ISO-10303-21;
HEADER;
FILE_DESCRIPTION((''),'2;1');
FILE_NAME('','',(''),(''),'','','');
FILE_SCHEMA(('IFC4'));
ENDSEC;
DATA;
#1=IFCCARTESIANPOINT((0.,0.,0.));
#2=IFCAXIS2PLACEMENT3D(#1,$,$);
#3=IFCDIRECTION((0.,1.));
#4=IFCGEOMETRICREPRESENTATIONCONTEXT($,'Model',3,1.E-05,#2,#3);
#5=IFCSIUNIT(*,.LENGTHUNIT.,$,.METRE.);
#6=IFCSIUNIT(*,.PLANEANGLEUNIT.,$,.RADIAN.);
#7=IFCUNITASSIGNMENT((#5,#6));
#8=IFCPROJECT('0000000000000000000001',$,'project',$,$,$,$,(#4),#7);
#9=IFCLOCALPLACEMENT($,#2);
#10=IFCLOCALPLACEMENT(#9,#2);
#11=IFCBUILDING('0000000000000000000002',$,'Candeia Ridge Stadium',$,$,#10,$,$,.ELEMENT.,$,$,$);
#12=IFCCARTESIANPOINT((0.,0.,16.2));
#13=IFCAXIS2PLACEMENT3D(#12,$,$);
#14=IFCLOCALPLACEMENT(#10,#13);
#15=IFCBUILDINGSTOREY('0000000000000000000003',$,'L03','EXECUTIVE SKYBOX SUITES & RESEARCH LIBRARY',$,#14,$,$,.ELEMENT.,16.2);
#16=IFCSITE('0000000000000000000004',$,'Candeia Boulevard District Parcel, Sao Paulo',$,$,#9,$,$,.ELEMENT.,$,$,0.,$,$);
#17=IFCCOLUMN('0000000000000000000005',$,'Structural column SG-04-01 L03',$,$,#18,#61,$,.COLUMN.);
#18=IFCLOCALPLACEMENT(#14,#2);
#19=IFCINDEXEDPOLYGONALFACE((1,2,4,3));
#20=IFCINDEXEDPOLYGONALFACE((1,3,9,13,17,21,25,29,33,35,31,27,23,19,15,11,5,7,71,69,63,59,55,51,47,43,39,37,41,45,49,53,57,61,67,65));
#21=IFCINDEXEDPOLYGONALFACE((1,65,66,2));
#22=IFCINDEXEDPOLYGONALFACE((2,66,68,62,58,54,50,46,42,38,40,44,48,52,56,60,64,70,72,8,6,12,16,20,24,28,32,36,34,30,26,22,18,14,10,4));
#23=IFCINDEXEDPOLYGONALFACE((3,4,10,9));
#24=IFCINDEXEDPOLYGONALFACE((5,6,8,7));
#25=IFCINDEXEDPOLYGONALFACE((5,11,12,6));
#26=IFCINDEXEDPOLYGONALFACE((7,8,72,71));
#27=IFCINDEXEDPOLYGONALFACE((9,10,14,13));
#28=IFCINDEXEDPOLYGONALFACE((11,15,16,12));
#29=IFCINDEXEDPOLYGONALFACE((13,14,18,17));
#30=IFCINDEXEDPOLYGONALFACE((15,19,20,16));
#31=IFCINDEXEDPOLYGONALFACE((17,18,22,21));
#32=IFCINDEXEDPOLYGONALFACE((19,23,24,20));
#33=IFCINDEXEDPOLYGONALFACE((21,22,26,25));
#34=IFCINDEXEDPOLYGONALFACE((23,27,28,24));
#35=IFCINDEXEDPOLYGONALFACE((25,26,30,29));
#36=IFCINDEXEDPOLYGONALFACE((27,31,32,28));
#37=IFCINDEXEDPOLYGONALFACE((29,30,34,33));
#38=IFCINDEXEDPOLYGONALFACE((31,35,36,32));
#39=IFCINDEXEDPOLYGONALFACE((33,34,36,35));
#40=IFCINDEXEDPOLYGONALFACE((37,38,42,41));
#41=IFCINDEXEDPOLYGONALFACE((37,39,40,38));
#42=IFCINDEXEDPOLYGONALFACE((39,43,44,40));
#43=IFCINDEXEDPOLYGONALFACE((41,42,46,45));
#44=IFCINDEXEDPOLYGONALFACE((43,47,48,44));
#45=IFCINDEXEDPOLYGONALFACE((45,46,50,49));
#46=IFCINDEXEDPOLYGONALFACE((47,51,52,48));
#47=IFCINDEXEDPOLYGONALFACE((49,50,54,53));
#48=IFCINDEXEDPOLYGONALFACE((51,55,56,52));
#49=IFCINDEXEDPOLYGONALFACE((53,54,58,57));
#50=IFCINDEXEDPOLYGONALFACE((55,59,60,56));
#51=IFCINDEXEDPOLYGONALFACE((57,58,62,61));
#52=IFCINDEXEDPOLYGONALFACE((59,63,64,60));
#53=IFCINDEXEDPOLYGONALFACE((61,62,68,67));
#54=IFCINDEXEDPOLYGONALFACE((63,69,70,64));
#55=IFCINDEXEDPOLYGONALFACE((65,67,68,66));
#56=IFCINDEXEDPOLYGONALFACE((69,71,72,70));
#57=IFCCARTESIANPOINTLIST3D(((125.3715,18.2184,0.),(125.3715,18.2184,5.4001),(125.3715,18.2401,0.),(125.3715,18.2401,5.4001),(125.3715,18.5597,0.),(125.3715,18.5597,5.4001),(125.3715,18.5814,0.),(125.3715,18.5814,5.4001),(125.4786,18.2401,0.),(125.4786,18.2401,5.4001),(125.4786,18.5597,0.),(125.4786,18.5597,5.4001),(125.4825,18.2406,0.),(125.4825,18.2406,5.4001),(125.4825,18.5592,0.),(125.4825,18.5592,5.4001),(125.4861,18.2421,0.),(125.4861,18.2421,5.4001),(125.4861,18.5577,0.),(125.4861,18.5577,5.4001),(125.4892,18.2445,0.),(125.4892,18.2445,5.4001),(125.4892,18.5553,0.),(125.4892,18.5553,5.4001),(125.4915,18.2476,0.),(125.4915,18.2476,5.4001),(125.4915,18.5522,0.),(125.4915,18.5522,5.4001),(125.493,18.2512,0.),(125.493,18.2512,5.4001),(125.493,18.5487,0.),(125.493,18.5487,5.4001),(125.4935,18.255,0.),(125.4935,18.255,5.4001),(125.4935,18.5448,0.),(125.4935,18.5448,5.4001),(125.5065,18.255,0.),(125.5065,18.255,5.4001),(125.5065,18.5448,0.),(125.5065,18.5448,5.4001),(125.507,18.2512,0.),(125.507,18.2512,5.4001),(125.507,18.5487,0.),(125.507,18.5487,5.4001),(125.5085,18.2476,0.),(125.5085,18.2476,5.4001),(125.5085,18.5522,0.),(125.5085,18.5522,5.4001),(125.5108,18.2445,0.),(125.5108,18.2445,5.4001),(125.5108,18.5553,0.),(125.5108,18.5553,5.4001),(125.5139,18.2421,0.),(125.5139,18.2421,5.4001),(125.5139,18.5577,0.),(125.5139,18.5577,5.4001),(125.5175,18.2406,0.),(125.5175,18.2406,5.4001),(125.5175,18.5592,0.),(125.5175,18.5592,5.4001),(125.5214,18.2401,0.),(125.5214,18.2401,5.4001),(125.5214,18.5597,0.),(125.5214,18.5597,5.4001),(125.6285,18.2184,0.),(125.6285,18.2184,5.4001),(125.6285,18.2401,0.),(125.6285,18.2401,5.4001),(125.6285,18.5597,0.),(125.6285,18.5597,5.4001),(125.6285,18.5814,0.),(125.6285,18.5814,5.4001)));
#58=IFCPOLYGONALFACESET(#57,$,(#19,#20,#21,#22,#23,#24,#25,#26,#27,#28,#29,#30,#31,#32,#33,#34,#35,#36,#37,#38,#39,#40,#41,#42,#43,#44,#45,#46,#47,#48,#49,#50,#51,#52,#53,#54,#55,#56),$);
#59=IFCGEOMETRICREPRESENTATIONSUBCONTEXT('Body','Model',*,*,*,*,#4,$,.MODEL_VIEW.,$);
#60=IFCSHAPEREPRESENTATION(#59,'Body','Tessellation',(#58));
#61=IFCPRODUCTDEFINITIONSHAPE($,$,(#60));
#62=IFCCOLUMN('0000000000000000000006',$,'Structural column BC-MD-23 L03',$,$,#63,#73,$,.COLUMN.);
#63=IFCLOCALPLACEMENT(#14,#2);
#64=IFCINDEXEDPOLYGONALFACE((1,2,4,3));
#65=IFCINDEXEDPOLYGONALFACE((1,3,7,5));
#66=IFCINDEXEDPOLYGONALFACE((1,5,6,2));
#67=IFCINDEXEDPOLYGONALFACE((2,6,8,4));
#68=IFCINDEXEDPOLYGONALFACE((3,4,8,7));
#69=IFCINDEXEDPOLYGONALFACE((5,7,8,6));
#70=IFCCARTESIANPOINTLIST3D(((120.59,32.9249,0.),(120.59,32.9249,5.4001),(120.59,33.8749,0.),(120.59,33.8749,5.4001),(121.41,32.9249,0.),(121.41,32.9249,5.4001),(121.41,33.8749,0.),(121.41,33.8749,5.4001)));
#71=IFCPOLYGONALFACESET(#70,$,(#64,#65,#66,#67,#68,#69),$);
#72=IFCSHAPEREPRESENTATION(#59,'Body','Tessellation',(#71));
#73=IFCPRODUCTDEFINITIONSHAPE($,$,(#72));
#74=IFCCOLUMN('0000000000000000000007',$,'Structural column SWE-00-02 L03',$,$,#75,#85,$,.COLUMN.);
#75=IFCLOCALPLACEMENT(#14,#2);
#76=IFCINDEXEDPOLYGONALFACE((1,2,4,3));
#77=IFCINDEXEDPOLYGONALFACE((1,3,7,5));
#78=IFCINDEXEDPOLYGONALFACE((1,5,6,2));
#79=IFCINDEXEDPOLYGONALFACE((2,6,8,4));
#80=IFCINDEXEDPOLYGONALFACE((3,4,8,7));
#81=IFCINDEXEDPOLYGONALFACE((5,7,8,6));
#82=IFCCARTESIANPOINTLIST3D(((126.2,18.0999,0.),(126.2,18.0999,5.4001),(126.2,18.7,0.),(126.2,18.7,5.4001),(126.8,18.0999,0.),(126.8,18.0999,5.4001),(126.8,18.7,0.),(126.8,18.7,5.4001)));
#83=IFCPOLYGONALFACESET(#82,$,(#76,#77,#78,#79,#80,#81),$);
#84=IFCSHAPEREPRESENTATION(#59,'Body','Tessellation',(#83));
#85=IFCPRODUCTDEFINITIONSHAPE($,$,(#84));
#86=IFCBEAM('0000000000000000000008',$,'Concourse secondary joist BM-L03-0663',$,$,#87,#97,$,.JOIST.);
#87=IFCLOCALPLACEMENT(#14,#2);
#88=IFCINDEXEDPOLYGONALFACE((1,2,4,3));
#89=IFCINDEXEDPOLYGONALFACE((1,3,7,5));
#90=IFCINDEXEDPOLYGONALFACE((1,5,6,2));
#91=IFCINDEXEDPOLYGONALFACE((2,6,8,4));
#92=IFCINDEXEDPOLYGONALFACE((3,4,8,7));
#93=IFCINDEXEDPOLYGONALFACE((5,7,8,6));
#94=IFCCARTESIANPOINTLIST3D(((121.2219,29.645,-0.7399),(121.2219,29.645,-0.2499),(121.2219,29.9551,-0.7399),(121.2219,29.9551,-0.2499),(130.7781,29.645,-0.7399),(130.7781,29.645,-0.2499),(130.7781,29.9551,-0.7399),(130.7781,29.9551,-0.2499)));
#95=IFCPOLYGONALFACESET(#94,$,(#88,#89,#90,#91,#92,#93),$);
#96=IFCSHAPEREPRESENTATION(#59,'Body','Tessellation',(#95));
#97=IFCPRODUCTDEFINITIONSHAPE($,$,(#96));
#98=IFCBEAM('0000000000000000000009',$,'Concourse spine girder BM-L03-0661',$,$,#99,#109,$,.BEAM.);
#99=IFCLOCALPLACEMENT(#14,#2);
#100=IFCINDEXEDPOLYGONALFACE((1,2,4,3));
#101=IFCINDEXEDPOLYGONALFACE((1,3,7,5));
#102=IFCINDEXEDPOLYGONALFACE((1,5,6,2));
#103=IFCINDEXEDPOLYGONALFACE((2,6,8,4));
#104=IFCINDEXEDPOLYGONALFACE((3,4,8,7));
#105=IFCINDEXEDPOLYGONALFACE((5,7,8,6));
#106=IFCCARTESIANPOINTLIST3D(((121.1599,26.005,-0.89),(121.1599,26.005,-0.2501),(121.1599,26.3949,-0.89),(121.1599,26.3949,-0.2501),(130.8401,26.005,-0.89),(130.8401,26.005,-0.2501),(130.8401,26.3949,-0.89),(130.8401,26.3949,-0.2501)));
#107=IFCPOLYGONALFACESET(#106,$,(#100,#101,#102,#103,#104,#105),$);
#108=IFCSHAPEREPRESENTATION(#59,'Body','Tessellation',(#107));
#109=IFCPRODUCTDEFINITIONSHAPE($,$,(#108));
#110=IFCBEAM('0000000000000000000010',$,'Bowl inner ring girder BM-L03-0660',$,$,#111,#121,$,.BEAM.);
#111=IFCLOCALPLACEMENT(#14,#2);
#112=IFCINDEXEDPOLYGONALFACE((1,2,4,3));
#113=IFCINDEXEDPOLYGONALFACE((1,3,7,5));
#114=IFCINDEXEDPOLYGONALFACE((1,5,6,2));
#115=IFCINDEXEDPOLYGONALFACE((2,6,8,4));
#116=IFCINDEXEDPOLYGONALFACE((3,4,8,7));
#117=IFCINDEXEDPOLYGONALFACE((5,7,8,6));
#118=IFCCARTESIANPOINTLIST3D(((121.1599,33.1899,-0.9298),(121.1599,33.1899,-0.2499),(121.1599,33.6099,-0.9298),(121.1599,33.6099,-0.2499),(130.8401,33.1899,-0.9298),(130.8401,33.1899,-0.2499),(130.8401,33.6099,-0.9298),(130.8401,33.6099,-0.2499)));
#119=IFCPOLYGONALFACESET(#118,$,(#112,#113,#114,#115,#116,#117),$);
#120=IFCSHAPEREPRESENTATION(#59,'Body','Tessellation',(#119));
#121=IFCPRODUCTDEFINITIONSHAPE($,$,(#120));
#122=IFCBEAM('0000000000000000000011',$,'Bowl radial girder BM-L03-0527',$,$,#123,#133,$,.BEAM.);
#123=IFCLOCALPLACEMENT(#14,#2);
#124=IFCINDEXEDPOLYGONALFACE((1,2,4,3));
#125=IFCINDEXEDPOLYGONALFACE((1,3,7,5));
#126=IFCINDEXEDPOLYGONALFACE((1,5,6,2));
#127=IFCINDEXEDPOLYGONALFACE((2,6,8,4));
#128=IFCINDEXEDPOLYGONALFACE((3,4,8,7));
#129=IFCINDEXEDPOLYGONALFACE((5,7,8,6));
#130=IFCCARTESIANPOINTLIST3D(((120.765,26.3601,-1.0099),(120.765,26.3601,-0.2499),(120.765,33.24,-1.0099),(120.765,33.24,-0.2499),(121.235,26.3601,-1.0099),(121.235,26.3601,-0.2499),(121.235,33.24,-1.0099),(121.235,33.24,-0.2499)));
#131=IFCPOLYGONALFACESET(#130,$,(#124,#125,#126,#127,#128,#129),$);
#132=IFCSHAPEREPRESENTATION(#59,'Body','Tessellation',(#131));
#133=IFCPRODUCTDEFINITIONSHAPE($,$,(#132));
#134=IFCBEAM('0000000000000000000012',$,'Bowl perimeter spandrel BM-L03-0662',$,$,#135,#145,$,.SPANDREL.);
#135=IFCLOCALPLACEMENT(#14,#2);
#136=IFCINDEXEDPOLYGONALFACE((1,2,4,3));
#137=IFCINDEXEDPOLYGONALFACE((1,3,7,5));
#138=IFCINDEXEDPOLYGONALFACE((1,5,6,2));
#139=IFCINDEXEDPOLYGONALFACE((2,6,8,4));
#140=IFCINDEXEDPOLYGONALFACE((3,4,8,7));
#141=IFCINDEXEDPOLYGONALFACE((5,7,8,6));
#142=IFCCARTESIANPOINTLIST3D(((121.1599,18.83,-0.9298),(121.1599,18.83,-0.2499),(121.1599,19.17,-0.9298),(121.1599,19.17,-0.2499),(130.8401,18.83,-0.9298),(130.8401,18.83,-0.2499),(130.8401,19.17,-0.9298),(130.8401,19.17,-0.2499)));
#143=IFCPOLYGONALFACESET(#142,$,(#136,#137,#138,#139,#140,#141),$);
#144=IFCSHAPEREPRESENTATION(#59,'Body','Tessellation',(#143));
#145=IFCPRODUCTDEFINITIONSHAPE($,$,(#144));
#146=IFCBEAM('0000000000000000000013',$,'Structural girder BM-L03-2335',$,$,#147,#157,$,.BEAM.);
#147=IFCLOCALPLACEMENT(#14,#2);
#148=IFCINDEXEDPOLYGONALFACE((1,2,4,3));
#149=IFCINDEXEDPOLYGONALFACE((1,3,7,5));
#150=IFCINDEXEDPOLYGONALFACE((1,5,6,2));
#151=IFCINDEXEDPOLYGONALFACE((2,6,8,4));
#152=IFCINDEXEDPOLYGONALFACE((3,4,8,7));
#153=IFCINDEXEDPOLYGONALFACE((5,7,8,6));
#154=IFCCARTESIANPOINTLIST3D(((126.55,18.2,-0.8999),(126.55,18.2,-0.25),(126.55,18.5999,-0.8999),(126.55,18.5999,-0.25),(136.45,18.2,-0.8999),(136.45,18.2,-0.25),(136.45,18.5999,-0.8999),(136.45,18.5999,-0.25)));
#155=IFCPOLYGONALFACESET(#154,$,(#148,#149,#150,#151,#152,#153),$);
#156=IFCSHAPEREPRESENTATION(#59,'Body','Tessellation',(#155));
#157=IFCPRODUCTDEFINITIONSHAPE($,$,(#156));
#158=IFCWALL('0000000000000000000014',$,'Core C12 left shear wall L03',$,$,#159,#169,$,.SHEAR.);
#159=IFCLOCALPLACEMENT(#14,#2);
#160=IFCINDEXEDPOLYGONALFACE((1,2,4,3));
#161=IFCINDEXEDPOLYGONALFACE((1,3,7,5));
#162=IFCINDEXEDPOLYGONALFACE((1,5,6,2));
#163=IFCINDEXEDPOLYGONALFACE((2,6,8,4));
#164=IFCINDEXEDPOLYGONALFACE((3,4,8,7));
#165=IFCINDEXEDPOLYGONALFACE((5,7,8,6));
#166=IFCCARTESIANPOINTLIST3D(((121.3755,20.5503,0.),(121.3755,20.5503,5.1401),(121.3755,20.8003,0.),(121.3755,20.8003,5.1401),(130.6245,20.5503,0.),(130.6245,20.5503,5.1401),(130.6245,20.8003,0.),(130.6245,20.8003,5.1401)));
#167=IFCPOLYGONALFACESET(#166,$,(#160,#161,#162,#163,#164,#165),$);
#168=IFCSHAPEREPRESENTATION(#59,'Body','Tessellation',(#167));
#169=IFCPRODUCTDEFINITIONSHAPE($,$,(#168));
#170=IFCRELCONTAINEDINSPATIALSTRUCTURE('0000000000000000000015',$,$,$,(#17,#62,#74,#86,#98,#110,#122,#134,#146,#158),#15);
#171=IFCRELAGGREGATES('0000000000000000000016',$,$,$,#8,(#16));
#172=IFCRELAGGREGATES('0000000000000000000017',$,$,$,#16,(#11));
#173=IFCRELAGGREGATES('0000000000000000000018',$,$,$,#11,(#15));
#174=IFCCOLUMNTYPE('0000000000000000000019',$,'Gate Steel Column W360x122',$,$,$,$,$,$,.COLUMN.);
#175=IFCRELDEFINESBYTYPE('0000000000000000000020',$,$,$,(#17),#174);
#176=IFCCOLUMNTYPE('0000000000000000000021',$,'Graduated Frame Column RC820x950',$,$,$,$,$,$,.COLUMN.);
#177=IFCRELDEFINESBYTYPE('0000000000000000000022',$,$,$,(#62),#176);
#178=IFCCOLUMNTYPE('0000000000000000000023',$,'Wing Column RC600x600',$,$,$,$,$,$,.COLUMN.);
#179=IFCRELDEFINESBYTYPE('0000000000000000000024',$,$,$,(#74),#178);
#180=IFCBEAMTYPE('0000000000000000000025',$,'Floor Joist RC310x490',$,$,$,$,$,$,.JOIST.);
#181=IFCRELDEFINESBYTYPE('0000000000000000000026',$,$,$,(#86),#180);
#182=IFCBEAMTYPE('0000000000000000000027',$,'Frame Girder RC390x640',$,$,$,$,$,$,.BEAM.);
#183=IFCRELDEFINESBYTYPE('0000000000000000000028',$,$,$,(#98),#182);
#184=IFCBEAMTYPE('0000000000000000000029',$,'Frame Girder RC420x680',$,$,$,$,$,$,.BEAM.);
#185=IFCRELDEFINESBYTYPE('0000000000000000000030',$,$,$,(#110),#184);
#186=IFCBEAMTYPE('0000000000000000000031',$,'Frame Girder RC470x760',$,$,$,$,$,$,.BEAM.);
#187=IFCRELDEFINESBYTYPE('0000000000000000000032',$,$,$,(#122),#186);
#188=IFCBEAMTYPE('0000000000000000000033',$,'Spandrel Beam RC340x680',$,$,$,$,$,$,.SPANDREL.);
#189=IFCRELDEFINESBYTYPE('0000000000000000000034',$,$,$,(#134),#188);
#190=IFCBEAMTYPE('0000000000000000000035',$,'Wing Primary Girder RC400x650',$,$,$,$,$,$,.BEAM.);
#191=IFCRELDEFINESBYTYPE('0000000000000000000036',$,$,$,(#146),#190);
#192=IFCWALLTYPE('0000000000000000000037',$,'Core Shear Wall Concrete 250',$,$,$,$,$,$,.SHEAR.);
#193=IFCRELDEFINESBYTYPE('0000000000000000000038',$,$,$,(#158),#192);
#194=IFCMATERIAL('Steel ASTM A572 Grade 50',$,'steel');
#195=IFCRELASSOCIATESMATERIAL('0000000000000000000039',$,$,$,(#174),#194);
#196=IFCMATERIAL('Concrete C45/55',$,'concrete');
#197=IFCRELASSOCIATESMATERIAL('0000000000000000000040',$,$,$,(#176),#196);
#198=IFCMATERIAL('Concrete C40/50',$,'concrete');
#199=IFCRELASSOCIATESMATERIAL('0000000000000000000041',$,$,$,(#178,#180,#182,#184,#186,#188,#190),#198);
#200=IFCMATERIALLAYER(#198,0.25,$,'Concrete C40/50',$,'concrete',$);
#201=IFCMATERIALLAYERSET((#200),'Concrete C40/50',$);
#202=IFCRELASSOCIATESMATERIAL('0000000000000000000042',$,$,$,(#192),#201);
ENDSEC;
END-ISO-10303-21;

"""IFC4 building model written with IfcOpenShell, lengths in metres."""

from ifc_helpers import new_model, si_unit, direction, frame, frame_2d, origin, origin_2d, place, context, subcontext, project, spatial, rectangle, i_section, extrude, material, layer, layer_set, material_profile, profile_set, type_object, element, save


model = new_model("IFC4")

# Units and contexts
model_context = context("Model", 3, precision=1e-05, world=origin(), true_north=direction((0.0, 1.0)))
body_context = subcontext(model_context, "Body", "Model", "MODEL_VIEW")
ifc_project = project(units=[si_unit("LENGTHUNIT", "METRE"), si_unit("PLANEANGLEUNIT", "RADIAN")], contexts=[model_context])

# Site, building, storey
site_placement = place(None, origin())
site = spatial("IfcSite", under=ifc_project, at=site_placement, Name="Candeia Boulevard District Parcel, Sao Paulo", CompositionType="ELEMENT", RefElevation=0.0)
building_placement = place(site_placement, origin())
building = spatial("IfcBuilding", under=site, at=building_placement, Name="Candeia Ridge Stadium", CompositionType="ELEMENT")
storey_placement = place(building_placement, frame((0.0, 0.0, 16.2)))
storey = spatial("IfcBuildingStorey", under=building, at=storey_placement, Name="L03", Description="EXECUTIVE SKYBOX SUITES & RESEARCH LIBRARY", CompositionType="ELEMENT", Elevation=16.2)

# Columns
ifc_material_1 = material(Name="Steel ASTM A572 Grade 50", Category="steel")
ifc_material_profile_1 = material_profile(ifc_material_1, i_section(OverallWidth=0.2571, OverallDepth=0.363, WebThickness=0.0129, FlangeThickness=0.0217, FilletRadius=0.0149, at=origin_2d()), Name="W360x122", Category="steel")
ifc_profile_set_1 = profile_set([ifc_material_profile_1], Name="Steel ASTM A572 Grade 50")
column_type_1 = type_object("IfcColumnType", Name="Gate Steel Column W360x122", PredefinedType="COLUMN", material=ifc_profile_set_1)
column_1_placement = place(storey_placement, frame((125.5, 18.3999, 0.0), z_axis=(0.0, 0.0, 1.0), x_axis=(1.0, 0.0, 0.0)))
element("IfcColumn", 1, at=column_1_placement, inside=storey, type_object=column_type_1, Name="Structural column SG-04-01 L03", PredefinedType="COLUMN", context=body_context, shape_type="SweptSolid", body=[
    extrude(i_section(OverallWidth=0.2571, OverallDepth=0.363, WebThickness=0.0129, FlangeThickness=0.0217, FilletRadius=0.0149, at=origin_2d()), origin(), (0.0, 0.0, 1.0), 5.4001),
])
ifc_material_2 = material(Name="Concrete C45/55", Category="concrete")
ifc_material_profile_2 = material_profile(ifc_material_2, rectangle(XDim=0.8201, YDim=0.95, at=origin_2d()), Name="RC820x950", Category="concrete")
ifc_profile_set_2 = profile_set([ifc_material_profile_2], Name="Concrete C45/55")
column_type_2 = type_object("IfcColumnType", Name="Graduated Frame Column RC820x950", PredefinedType="COLUMN", material=ifc_profile_set_2)
column_2_placement = place(storey_placement, frame((121.0, 33.3999, 0.0), z_axis=(0.0, 0.0, 1.0), x_axis=(1.0, 0.0, 0.0)))
element("IfcColumn", 2, at=column_2_placement, inside=storey, type_object=column_type_2, Name="Structural column BC-MD-23 L03", PredefinedType="COLUMN", context=body_context, shape_type="SweptSolid", body=[
    extrude(rectangle(XDim=0.8201, YDim=0.95, at=origin_2d()), origin(), (0.0, 0.0, 1.0), 5.4001),
])
ifc_material_3 = material(Name="Concrete C40/50", Category="concrete")
ifc_material_profile_3 = material_profile(ifc_material_3, rectangle(XDim=0.6001, YDim=0.6001, at=origin_2d()), Name="RC600x600", Category="concrete")
ifc_profile_set_3 = profile_set([ifc_material_profile_3], Name="Concrete C40/50")
column_type_3 = type_object("IfcColumnType", Name="Wing Column RC600x600", PredefinedType="COLUMN", material=ifc_profile_set_3)
column_3_placement = place(storey_placement, frame((126.5, 18.3999, 0.0), z_axis=(0.0, 0.0, 1.0), x_axis=(1.0, 0.0, 0.0)))
element("IfcColumn", 3, at=column_3_placement, inside=storey, type_object=column_type_3, Name="Structural column SWE-00-02 L03", PredefinedType="COLUMN", context=body_context, shape_type="SweptSolid", body=[
    extrude(rectangle(XDim=0.6001, YDim=0.6001, at=origin_2d()), origin(), (0.0, 0.0, 1.0), 5.4001),
])

# Beams
ifc_material_profile_4 = material_profile(ifc_material_3, rectangle(XDim=0.3101, YDim=0.49, at=origin_2d()), Name="RC310x490", Category="concrete")
ifc_profile_set_4 = profile_set([ifc_material_profile_4], Name="Concrete C40/50")
beam_type_1 = type_object("IfcBeamType", Name="Floor Joist RC310x490", PredefinedType="JOIST", material=ifc_profile_set_4)
beam_1_placement = place(storey_placement, frame((121.2219, 29.8, -0.4949), z_axis=(1.0, 0.0, 0.0), x_axis=(0.0, 1.0, 0.0)))
element("IfcBeam", 4, at=beam_1_placement, inside=storey, type_object=beam_type_1, Name="Concourse secondary joist BM-L03-0663", PredefinedType="JOIST", context=body_context, shape_type="SweptSolid", body=[
    extrude(rectangle(XDim=0.3101, YDim=0.49, at=origin_2d()), origin(), (0.0, 0.0, 1.0), 9.5562),
])
ifc_material_profile_5 = material_profile(ifc_material_3, rectangle(XDim=0.3899, YDim=0.6399, at=origin_2d()), Name="RC390x640", Category="concrete")
ifc_profile_set_5 = profile_set([ifc_material_profile_5], Name="Concrete C40/50")
beam_type_2 = type_object("IfcBeamType", Name="Frame Girder RC390x640", PredefinedType="BEAM", material=ifc_profile_set_5)
beam_2_placement = place(storey_placement, frame((121.1599, 26.2, -0.5701), z_axis=(1.0, 0.0, 0.0), x_axis=(0.0, 1.0, 0.0)))
element("IfcBeam", 5, at=beam_2_placement, inside=storey, type_object=beam_type_2, Name="Concourse spine girder BM-L03-0661", PredefinedType="BEAM", context=body_context, shape_type="SweptSolid", body=[
    extrude(rectangle(XDim=0.3899, YDim=0.6399, at=origin_2d()), origin(), (0.0, 0.0, 1.0), 9.6802),
])
ifc_material_profile_6 = material_profile(ifc_material_3, rectangle(XDim=0.4199, YDim=0.6799, at=origin_2d()), Name="RC420x680", Category="concrete")
ifc_profile_set_6 = profile_set([ifc_material_profile_6], Name="Concrete C40/50")
beam_type_3 = type_object("IfcBeamType", Name="Frame Girder RC420x680", PredefinedType="BEAM", material=ifc_profile_set_6)
beam_3_placement = place(storey_placement, frame((121.1599, 33.3999, -0.5898), z_axis=(1.0, 0.0, 0.0), x_axis=(0.0, 1.0, 0.0)))
element("IfcBeam", 6, at=beam_3_placement, inside=storey, type_object=beam_type_3, Name="Bowl inner ring girder BM-L03-0660", PredefinedType="BEAM", context=body_context, shape_type="SweptSolid", body=[
    extrude(rectangle(XDim=0.4199, YDim=0.6799, at=origin_2d()), origin(), (0.0, 0.0, 1.0), 9.6802),
])
ifc_material_profile_7 = material_profile(ifc_material_3, rectangle(XDim=0.47, YDim=0.76, at=origin_2d()), Name="RC470x760", Category="concrete")
ifc_profile_set_7 = profile_set([ifc_material_profile_7], Name="Concrete C40/50")
beam_type_4 = type_object("IfcBeamType", Name="Frame Girder RC470x760", PredefinedType="BEAM", material=ifc_profile_set_7)
beam_4_placement = place(storey_placement, frame((121.0, 33.24, -0.6299), z_axis=(0.0, -1.0, 0.0), x_axis=(1.0, 0.0, 0.0)))
element("IfcBeam", 7, at=beam_4_placement, inside=storey, type_object=beam_type_4, Name="Bowl radial girder BM-L03-0527", PredefinedType="BEAM", context=body_context, shape_type="SweptSolid", body=[
    extrude(rectangle(XDim=0.47, YDim=0.76, at=origin_2d()), origin(), (0.0, 0.0, 1.0), 6.8799),
])
ifc_material_profile_8 = material_profile(ifc_material_3, rectangle(XDim=0.3401, YDim=0.6799, at=origin_2d()), Name="RC340x680", Category="concrete")
ifc_profile_set_8 = profile_set([ifc_material_profile_8], Name="Concrete C40/50")
beam_type_5 = type_object("IfcBeamType", Name="Spandrel Beam RC340x680", PredefinedType="SPANDREL", material=ifc_profile_set_8)
beam_5_placement = place(storey_placement, frame((121.1599, 19.0, -0.5898), z_axis=(1.0, 0.0, 0.0), x_axis=(0.0, 1.0, 0.0)))
element("IfcBeam", 8, at=beam_5_placement, inside=storey, type_object=beam_type_5, Name="Bowl perimeter spandrel BM-L03-0662", PredefinedType="SPANDREL", context=body_context, shape_type="SweptSolid", body=[
    extrude(rectangle(XDim=0.3401, YDim=0.6799, at=origin_2d()), origin(), (0.0, 0.0, 1.0), 9.6802),
])
ifc_material_profile_9 = material_profile(ifc_material_3, rectangle(XDim=0.3999, YDim=0.6499, at=origin_2d()), Name="RC400x650", Category="concrete")
ifc_profile_set_9 = profile_set([ifc_material_profile_9], Name="Concrete C40/50")
beam_type_6 = type_object("IfcBeamType", Name="Wing Primary Girder RC400x650", PredefinedType="BEAM", material=ifc_profile_set_9)
beam_6_placement = place(storey_placement, frame((126.55, 18.3999, -0.575), z_axis=(1.0, 0.0, 0.0), x_axis=(0.0, 1.0, 0.0)))
element("IfcBeam", 9, at=beam_6_placement, inside=storey, type_object=beam_type_6, Name="Structural girder BM-L03-2335", PredefinedType="BEAM", context=body_context, shape_type="SweptSolid", body=[
    extrude(rectangle(XDim=0.3999, YDim=0.6499, at=origin_2d()), origin(), (0.0, 0.0, 1.0), 9.8999),
])

# Wall
ifc_layer_1 = layer(ifc_material_3, 0.25, Name="Concrete C40/50", Category="concrete")
ifc_layer_set_1 = layer_set([ifc_layer_1], Name="Concrete C40/50")
wall_type_1 = type_object("IfcWallType", Name="Core Shear Wall Concrete 250", PredefinedType="SHEAR", material=ifc_layer_set_1)
wall_1_placement = place(storey_placement, frame((121.3755, 20.6753, 0.0), z_axis=(0.0, 0.0, 1.0), x_axis=(1.0, 0.0, 0.0)))
element("IfcWall", 10, at=wall_1_placement, inside=storey, type_object=wall_type_1, Name="Core C12 left shear wall L03", PredefinedType="SHEAR", context=body_context, shape_type="SweptSolid", body=[
    extrude(rectangle(XDim=9.249, YDim=0.25, at=frame_2d((4.6245, 0.0))), origin(), (0.0, 0.0, 1.0), 5.1401),
])

save(model, "model.ifc")
